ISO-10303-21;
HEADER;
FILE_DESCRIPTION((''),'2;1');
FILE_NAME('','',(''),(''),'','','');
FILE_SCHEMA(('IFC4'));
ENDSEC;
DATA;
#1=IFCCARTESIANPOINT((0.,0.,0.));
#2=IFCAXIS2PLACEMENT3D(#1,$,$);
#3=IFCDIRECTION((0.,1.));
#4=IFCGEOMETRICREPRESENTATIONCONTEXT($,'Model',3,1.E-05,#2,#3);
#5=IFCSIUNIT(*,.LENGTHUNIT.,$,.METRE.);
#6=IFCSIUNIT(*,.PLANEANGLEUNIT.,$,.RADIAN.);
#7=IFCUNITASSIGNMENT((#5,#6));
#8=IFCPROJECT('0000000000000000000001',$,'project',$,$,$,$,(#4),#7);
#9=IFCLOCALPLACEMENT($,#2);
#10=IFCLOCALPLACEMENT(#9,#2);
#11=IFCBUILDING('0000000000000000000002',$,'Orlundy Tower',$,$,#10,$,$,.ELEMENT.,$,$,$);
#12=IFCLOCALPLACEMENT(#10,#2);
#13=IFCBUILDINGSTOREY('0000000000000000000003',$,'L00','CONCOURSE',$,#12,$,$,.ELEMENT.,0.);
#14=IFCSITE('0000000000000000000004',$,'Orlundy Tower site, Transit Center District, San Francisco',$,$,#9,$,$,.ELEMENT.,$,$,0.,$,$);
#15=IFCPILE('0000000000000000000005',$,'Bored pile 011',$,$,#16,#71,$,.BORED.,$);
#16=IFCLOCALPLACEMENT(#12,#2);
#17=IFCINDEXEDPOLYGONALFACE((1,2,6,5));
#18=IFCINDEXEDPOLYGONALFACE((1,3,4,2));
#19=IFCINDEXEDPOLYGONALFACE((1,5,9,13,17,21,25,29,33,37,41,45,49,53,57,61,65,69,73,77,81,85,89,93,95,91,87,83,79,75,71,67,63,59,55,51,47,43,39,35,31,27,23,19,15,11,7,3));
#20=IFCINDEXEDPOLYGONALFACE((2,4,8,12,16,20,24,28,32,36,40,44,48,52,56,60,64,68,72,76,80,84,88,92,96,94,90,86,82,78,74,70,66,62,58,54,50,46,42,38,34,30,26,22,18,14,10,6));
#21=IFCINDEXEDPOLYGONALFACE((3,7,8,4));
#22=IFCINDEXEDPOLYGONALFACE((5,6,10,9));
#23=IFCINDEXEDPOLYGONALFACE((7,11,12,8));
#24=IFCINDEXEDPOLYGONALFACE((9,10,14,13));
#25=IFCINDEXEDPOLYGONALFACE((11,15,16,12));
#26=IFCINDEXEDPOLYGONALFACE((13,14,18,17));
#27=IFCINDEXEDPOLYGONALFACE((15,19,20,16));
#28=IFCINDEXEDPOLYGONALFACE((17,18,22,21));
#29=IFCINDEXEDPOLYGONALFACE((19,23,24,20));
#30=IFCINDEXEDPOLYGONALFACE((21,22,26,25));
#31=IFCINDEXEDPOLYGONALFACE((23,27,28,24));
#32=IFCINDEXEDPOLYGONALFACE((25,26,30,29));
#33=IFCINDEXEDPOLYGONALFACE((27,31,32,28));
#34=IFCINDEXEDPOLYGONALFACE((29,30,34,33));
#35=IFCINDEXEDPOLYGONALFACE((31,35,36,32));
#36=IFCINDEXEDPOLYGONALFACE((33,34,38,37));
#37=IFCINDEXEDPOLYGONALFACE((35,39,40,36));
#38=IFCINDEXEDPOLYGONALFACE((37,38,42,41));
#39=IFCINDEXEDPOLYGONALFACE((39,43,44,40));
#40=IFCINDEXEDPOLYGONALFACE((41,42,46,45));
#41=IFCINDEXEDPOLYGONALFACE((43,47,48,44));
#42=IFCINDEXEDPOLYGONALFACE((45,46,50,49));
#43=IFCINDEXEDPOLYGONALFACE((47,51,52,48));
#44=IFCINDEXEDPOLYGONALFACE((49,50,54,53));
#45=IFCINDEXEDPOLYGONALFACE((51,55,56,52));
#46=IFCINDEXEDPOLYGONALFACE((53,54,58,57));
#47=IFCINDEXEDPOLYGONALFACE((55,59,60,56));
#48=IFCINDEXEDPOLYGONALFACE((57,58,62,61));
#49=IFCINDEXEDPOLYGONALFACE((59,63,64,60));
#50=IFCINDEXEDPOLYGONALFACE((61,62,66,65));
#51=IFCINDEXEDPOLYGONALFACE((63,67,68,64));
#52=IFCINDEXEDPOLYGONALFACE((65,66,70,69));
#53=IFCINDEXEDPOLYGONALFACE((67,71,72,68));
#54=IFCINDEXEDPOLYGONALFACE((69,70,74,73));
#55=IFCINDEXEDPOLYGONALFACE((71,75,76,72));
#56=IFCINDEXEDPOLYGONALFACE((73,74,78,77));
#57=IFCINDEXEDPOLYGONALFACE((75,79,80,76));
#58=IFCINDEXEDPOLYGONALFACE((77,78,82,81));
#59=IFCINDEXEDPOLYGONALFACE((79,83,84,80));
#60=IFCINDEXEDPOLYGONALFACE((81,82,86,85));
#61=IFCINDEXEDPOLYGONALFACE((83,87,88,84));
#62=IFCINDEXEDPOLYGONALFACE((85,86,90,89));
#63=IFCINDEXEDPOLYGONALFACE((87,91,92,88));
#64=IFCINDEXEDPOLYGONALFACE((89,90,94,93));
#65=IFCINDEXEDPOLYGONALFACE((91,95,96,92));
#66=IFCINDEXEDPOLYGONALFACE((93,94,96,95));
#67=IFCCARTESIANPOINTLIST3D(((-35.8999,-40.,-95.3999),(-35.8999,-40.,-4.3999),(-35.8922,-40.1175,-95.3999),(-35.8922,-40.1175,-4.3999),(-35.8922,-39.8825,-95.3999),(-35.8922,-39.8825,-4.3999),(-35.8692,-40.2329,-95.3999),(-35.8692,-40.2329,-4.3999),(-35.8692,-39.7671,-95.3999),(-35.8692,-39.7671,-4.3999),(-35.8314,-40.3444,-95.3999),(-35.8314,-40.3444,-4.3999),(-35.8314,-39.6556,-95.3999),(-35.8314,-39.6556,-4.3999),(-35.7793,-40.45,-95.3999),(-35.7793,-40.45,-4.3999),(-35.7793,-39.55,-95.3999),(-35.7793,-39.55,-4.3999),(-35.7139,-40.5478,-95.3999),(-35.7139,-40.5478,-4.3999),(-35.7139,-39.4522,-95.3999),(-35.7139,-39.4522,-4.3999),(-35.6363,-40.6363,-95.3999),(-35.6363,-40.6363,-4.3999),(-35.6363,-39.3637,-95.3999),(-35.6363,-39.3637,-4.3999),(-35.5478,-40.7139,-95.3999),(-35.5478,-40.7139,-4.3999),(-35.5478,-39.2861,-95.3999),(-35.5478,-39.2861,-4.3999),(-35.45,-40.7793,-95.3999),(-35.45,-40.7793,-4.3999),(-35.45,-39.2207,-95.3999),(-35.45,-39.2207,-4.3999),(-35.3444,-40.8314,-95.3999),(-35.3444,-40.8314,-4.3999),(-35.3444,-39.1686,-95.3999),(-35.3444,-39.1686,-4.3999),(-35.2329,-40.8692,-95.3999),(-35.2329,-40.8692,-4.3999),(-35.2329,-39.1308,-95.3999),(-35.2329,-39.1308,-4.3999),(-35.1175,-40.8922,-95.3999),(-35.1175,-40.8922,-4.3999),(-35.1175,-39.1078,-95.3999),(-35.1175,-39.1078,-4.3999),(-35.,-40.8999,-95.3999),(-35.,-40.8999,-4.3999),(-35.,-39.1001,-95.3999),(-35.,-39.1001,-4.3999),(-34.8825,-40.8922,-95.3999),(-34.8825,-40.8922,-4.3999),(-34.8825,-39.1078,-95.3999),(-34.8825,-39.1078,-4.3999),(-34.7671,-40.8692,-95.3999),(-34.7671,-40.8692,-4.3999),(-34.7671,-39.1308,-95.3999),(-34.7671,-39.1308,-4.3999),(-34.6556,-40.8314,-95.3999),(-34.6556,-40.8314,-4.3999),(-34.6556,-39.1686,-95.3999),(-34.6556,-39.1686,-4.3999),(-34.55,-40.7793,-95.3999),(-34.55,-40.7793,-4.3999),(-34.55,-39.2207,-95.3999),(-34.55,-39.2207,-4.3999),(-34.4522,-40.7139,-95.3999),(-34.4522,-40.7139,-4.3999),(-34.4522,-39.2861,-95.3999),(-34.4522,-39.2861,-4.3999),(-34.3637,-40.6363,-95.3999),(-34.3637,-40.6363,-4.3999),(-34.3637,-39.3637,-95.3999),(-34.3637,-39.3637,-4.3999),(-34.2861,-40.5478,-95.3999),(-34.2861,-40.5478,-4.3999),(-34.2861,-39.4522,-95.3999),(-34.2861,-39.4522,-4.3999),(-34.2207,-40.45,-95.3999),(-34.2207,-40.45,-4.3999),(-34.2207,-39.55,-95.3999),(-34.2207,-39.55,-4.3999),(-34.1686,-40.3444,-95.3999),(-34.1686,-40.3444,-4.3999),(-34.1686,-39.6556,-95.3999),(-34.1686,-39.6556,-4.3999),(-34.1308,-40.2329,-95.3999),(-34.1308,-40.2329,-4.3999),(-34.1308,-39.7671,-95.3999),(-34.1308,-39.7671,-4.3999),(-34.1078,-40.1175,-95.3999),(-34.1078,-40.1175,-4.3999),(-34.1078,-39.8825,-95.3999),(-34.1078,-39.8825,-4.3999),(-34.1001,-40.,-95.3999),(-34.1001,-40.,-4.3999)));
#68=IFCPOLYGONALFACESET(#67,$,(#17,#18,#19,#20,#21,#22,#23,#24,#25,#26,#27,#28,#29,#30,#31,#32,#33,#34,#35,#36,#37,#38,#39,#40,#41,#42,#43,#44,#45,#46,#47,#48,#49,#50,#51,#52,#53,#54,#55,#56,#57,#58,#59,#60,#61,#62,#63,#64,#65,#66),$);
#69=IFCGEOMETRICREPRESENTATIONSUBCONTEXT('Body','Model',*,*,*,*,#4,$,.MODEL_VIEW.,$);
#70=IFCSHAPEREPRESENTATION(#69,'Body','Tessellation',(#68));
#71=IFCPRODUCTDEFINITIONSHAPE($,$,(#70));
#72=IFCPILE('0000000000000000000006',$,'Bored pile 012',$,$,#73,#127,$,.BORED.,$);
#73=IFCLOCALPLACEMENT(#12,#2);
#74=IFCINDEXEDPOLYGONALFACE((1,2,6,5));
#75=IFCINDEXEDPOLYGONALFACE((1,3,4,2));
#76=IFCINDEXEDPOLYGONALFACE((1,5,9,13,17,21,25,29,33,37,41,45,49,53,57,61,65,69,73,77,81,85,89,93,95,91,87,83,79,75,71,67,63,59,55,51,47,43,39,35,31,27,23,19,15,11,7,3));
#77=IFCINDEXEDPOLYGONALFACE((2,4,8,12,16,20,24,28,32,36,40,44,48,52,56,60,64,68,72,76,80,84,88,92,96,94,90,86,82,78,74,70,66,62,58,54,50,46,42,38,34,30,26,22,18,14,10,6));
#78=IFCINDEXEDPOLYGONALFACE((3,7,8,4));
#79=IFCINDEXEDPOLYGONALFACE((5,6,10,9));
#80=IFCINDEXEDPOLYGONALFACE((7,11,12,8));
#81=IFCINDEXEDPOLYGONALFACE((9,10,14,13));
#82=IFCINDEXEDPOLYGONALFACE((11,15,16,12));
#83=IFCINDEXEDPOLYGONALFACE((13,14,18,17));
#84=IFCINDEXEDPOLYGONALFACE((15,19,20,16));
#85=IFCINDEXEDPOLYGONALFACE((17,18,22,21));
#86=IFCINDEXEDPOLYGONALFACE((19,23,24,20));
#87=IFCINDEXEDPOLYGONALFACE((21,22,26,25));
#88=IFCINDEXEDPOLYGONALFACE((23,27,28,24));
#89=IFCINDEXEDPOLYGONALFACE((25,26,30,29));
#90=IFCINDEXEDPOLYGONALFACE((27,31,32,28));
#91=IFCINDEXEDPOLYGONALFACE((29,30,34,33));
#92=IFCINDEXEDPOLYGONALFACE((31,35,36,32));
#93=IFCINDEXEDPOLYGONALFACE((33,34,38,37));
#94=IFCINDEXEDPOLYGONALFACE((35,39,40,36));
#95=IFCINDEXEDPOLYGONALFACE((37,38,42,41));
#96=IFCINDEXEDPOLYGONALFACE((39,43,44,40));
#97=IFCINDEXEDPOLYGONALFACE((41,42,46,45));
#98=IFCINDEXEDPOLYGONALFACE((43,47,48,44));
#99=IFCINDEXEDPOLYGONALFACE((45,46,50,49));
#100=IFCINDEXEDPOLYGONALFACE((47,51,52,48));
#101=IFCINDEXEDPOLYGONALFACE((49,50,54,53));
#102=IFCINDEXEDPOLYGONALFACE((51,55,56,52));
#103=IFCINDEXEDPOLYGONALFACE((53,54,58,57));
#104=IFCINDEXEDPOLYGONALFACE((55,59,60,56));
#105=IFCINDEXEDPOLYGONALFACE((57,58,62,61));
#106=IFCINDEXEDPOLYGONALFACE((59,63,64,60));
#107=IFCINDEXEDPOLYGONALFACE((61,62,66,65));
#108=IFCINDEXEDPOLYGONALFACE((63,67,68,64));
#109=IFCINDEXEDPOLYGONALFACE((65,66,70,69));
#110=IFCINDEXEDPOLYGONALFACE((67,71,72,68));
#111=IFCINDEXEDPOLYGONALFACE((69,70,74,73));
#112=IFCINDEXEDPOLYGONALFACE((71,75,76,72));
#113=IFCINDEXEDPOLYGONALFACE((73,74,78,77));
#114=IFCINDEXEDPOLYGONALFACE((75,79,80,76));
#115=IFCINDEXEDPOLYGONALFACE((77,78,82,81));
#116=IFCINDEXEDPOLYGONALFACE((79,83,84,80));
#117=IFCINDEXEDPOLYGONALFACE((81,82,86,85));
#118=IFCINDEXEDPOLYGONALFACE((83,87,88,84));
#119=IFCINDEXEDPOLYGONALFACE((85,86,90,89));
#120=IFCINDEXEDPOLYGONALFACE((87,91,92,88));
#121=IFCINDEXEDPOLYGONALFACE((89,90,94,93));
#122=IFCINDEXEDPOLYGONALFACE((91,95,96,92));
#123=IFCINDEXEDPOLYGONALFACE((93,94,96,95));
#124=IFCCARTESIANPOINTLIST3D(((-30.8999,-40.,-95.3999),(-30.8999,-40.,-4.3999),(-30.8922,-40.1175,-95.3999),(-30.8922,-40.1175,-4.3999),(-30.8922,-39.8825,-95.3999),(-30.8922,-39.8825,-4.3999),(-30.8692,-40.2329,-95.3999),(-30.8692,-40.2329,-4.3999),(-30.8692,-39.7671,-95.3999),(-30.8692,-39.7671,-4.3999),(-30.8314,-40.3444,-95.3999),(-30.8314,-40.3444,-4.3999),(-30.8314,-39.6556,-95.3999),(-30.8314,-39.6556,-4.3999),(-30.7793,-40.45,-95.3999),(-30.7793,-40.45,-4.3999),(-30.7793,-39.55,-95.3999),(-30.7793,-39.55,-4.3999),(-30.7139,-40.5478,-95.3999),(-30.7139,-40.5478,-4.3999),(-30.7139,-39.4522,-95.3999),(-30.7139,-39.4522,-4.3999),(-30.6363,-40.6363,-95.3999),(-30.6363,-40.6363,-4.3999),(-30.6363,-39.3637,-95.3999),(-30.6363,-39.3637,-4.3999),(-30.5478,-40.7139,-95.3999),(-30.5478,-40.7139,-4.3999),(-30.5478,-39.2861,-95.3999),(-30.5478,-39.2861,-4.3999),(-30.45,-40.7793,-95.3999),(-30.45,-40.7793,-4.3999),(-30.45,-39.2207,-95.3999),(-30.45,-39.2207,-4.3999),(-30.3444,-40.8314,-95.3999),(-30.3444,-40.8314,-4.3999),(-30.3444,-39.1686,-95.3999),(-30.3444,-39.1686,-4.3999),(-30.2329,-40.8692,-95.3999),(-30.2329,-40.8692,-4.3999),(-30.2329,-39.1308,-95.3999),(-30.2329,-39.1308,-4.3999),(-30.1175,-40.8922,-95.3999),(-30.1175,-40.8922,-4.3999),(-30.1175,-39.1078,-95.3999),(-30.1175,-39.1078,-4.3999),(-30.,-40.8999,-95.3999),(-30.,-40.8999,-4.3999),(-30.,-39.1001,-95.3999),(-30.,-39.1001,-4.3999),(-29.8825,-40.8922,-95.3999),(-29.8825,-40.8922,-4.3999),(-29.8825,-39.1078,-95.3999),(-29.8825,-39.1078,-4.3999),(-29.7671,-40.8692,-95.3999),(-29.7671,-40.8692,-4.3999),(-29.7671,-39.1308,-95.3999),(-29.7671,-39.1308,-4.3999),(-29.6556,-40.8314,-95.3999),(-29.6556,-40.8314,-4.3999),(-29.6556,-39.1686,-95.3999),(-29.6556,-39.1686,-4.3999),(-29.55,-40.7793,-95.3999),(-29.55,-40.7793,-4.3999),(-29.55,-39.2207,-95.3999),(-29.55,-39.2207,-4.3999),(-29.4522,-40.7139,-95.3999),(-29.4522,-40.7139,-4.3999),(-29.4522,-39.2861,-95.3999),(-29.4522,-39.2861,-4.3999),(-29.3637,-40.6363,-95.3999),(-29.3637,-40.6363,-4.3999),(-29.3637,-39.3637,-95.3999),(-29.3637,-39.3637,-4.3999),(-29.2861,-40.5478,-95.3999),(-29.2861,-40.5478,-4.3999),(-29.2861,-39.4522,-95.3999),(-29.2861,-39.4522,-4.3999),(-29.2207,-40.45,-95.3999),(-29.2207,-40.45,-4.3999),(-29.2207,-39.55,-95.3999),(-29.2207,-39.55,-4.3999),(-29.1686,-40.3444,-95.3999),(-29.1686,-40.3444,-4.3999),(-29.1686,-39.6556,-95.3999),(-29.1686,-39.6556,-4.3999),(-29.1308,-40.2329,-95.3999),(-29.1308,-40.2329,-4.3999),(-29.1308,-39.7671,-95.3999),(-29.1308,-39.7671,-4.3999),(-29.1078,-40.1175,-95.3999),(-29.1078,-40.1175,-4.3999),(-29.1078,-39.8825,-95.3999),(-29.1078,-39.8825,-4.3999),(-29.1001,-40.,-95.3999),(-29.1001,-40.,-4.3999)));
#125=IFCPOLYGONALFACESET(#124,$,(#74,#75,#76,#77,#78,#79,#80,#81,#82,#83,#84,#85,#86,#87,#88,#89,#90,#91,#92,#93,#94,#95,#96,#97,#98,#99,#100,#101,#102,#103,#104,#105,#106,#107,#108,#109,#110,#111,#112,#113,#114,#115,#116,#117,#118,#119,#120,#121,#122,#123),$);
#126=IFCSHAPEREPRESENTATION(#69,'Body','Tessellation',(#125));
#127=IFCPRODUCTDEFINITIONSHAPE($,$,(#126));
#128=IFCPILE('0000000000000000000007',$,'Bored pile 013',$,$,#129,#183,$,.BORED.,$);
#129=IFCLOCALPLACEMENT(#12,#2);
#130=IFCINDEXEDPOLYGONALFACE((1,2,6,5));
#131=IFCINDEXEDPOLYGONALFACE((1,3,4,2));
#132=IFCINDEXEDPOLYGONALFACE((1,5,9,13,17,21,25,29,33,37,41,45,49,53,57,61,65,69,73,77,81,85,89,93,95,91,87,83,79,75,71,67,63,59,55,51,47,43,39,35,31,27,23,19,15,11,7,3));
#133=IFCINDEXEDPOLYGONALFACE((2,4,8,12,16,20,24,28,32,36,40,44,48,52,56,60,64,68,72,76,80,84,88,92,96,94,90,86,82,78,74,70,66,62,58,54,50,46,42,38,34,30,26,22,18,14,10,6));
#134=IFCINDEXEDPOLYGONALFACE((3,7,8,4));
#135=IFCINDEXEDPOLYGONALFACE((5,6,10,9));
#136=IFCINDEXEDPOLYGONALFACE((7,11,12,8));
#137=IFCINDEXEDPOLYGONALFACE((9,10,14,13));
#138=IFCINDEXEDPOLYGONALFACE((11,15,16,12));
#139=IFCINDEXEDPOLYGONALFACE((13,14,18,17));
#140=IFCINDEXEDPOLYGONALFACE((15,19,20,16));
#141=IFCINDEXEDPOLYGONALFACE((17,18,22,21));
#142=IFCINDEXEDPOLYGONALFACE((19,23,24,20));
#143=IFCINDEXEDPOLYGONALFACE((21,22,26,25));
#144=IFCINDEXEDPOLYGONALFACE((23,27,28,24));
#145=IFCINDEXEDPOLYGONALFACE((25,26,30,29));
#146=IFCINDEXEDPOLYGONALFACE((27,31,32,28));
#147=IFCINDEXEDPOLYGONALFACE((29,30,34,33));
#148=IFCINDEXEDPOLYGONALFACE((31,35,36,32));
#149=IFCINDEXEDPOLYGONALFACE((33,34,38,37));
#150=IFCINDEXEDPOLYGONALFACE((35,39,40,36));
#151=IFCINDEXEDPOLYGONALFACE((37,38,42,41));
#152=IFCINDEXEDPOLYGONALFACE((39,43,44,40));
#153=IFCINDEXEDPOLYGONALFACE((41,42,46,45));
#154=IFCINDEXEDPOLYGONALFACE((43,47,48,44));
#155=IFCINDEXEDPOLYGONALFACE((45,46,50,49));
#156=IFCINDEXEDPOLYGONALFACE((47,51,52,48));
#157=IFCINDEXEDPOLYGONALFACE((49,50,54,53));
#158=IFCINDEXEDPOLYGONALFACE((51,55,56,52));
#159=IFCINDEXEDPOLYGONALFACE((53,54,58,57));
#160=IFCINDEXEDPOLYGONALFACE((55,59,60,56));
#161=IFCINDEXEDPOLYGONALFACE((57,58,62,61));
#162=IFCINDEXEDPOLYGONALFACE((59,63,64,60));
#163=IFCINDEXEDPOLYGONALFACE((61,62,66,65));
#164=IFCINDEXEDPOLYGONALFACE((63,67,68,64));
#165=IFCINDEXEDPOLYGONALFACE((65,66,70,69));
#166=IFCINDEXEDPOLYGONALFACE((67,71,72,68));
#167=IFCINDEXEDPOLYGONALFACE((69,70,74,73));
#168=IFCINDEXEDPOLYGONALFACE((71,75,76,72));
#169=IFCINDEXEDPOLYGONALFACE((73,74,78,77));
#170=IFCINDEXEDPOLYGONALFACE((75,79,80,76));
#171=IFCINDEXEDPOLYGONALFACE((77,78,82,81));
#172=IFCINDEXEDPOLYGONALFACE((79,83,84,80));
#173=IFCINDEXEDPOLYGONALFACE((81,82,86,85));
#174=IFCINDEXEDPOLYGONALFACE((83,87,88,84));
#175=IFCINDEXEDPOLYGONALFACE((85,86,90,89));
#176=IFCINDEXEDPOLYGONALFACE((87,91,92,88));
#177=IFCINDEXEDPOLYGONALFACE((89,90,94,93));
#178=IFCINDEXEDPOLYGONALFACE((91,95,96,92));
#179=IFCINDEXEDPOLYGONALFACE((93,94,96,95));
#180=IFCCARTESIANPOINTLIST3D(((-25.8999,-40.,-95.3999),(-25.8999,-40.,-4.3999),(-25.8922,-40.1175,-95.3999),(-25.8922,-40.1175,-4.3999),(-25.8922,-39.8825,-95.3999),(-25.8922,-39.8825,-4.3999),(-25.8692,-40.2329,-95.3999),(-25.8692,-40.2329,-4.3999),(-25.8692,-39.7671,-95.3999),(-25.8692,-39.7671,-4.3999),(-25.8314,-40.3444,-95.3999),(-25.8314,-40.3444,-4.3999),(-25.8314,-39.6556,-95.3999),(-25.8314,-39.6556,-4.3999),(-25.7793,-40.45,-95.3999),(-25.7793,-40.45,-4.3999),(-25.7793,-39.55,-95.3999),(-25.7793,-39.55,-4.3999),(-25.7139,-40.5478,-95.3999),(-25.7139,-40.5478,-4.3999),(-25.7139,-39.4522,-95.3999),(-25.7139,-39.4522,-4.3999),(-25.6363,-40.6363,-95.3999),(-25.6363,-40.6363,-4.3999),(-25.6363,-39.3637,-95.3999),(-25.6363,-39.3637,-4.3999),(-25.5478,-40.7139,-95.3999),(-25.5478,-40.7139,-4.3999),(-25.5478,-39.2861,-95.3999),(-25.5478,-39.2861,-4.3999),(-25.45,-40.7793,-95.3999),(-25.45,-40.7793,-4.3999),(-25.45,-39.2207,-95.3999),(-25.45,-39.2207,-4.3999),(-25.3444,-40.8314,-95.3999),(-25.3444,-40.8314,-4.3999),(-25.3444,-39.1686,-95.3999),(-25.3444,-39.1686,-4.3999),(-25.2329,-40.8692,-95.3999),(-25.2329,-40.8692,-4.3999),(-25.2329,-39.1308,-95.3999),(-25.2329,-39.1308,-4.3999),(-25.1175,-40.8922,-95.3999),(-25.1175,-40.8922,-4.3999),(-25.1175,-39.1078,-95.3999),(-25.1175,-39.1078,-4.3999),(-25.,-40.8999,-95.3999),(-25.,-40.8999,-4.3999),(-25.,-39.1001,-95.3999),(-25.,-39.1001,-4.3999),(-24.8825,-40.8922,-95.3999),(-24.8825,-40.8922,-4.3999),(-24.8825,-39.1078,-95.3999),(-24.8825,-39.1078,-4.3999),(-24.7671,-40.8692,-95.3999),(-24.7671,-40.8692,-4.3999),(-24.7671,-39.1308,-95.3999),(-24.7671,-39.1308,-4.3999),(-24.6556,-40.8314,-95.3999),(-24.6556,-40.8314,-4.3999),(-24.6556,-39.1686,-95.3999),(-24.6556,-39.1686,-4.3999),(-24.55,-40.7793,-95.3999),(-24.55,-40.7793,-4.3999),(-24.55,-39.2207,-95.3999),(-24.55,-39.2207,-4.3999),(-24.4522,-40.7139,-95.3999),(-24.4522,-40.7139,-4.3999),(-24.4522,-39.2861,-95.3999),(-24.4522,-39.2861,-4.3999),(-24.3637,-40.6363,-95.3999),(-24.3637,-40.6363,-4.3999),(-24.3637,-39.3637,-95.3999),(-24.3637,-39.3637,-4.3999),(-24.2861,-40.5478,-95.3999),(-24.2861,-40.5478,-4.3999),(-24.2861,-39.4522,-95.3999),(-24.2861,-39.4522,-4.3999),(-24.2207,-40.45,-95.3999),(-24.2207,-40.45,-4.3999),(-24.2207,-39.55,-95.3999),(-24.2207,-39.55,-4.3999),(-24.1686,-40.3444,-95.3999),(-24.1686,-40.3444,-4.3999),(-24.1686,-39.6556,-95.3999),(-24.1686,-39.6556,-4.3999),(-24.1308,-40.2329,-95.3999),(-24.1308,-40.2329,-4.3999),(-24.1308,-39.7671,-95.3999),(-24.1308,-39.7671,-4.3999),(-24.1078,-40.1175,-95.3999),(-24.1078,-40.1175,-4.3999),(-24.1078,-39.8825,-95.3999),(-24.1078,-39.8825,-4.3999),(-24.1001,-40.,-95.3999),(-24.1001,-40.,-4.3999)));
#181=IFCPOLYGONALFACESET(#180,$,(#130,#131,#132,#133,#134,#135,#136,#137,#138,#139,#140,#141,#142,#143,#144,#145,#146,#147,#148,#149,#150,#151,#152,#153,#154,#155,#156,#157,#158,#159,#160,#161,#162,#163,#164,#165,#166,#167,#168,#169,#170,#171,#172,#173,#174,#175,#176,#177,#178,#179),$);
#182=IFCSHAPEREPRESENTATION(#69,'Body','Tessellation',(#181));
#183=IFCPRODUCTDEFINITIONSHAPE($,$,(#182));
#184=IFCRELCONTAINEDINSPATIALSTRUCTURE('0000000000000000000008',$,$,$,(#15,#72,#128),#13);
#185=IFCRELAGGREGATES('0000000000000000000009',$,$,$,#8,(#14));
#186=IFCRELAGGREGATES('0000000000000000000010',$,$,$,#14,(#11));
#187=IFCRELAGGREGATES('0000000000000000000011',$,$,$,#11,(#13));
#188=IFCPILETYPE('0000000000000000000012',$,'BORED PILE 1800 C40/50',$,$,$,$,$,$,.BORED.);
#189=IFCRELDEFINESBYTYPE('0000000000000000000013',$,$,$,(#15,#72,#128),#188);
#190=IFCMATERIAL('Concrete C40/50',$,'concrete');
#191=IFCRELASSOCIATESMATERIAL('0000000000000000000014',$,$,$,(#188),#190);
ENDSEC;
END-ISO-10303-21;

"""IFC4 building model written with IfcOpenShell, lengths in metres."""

from ifc_helpers import new_model, si_unit, direction, frame, origin, origin_2d, place, context, subcontext, project, spatial, circle, extrude, material, material_profile, profile_set, type_object, element, save


model = new_model("IFC4")

# Units and contexts
model_context = context("Model", 3, precision=1e-05, world=origin(), true_north=direction((0.0, 1.0)))
body_context = subcontext(model_context, "Body", "Model", "MODEL_VIEW")
ifc_project = project(units=[si_unit("LENGTHUNIT", "METRE"), si_unit("PLANEANGLEUNIT", "RADIAN")], contexts=[model_context])

# Site, building, storey
site_placement = place(None, origin())
site = spatial("IfcSite", under=ifc_project, at=site_placement, Name="Orlundy Tower site, Transit Center District, San Francisco", CompositionType="ELEMENT", RefElevation=0.0)
building_placement = place(site_placement, origin())
building = spatial("IfcBuilding", under=site, at=building_placement, Name="Orlundy Tower", CompositionType="ELEMENT")
storey_placement = place(building_placement, origin())
storey = spatial("IfcBuildingStorey", under=building, at=storey_placement, Name="L00", Description="CONCOURSE", CompositionType="ELEMENT", Elevation=0.0)

# Piles
ifc_material_1 = material(Name="Concrete C40/50", Category="concrete")
ifc_material_profile_1 = material_profile(ifc_material_1, circle(Radius=0.8999, at=origin_2d()), Name="BP1800")
ifc_profile_set_1 = profile_set([ifc_material_profile_1], Name="Concrete C40/50")
pile_type = type_object("IfcPileType", Name="BORED PILE 1800 C40/50", PredefinedType="BORED", material=ifc_profile_set_1)
for number, where, z_axis, x_axis, name in (
    (1, (-35.0, -40.0, -4.3999), (0.0, 0.0, -1.0), (1.0, 0.0, 0.0), "Bored pile 011"),
    (2, (-30.0, -40.0, -4.3999), (0.0, 0.0, -1.0), (1.0, 0.0, 0.0), "Bored pile 012"),
    (3, (-25.0, -40.0, -4.3999), (0.0, 0.0, -1.0), (1.0, 0.0, 0.0), "Bored pile 013"),
):
    element("IfcPile", number, at=place(storey_placement, frame(where, z_axis=z_axis, x_axis=x_axis)), inside=storey, type_object=pile_type, Name=name, PredefinedType="BORED", context=body_context, shape_type="SweptSolid", body=[
        extrude(circle(Radius=0.8999, at=origin_2d()), origin(), (0.0, 0.0, 1.0), 91.0),
    ])

save(model, "model.ifc")
